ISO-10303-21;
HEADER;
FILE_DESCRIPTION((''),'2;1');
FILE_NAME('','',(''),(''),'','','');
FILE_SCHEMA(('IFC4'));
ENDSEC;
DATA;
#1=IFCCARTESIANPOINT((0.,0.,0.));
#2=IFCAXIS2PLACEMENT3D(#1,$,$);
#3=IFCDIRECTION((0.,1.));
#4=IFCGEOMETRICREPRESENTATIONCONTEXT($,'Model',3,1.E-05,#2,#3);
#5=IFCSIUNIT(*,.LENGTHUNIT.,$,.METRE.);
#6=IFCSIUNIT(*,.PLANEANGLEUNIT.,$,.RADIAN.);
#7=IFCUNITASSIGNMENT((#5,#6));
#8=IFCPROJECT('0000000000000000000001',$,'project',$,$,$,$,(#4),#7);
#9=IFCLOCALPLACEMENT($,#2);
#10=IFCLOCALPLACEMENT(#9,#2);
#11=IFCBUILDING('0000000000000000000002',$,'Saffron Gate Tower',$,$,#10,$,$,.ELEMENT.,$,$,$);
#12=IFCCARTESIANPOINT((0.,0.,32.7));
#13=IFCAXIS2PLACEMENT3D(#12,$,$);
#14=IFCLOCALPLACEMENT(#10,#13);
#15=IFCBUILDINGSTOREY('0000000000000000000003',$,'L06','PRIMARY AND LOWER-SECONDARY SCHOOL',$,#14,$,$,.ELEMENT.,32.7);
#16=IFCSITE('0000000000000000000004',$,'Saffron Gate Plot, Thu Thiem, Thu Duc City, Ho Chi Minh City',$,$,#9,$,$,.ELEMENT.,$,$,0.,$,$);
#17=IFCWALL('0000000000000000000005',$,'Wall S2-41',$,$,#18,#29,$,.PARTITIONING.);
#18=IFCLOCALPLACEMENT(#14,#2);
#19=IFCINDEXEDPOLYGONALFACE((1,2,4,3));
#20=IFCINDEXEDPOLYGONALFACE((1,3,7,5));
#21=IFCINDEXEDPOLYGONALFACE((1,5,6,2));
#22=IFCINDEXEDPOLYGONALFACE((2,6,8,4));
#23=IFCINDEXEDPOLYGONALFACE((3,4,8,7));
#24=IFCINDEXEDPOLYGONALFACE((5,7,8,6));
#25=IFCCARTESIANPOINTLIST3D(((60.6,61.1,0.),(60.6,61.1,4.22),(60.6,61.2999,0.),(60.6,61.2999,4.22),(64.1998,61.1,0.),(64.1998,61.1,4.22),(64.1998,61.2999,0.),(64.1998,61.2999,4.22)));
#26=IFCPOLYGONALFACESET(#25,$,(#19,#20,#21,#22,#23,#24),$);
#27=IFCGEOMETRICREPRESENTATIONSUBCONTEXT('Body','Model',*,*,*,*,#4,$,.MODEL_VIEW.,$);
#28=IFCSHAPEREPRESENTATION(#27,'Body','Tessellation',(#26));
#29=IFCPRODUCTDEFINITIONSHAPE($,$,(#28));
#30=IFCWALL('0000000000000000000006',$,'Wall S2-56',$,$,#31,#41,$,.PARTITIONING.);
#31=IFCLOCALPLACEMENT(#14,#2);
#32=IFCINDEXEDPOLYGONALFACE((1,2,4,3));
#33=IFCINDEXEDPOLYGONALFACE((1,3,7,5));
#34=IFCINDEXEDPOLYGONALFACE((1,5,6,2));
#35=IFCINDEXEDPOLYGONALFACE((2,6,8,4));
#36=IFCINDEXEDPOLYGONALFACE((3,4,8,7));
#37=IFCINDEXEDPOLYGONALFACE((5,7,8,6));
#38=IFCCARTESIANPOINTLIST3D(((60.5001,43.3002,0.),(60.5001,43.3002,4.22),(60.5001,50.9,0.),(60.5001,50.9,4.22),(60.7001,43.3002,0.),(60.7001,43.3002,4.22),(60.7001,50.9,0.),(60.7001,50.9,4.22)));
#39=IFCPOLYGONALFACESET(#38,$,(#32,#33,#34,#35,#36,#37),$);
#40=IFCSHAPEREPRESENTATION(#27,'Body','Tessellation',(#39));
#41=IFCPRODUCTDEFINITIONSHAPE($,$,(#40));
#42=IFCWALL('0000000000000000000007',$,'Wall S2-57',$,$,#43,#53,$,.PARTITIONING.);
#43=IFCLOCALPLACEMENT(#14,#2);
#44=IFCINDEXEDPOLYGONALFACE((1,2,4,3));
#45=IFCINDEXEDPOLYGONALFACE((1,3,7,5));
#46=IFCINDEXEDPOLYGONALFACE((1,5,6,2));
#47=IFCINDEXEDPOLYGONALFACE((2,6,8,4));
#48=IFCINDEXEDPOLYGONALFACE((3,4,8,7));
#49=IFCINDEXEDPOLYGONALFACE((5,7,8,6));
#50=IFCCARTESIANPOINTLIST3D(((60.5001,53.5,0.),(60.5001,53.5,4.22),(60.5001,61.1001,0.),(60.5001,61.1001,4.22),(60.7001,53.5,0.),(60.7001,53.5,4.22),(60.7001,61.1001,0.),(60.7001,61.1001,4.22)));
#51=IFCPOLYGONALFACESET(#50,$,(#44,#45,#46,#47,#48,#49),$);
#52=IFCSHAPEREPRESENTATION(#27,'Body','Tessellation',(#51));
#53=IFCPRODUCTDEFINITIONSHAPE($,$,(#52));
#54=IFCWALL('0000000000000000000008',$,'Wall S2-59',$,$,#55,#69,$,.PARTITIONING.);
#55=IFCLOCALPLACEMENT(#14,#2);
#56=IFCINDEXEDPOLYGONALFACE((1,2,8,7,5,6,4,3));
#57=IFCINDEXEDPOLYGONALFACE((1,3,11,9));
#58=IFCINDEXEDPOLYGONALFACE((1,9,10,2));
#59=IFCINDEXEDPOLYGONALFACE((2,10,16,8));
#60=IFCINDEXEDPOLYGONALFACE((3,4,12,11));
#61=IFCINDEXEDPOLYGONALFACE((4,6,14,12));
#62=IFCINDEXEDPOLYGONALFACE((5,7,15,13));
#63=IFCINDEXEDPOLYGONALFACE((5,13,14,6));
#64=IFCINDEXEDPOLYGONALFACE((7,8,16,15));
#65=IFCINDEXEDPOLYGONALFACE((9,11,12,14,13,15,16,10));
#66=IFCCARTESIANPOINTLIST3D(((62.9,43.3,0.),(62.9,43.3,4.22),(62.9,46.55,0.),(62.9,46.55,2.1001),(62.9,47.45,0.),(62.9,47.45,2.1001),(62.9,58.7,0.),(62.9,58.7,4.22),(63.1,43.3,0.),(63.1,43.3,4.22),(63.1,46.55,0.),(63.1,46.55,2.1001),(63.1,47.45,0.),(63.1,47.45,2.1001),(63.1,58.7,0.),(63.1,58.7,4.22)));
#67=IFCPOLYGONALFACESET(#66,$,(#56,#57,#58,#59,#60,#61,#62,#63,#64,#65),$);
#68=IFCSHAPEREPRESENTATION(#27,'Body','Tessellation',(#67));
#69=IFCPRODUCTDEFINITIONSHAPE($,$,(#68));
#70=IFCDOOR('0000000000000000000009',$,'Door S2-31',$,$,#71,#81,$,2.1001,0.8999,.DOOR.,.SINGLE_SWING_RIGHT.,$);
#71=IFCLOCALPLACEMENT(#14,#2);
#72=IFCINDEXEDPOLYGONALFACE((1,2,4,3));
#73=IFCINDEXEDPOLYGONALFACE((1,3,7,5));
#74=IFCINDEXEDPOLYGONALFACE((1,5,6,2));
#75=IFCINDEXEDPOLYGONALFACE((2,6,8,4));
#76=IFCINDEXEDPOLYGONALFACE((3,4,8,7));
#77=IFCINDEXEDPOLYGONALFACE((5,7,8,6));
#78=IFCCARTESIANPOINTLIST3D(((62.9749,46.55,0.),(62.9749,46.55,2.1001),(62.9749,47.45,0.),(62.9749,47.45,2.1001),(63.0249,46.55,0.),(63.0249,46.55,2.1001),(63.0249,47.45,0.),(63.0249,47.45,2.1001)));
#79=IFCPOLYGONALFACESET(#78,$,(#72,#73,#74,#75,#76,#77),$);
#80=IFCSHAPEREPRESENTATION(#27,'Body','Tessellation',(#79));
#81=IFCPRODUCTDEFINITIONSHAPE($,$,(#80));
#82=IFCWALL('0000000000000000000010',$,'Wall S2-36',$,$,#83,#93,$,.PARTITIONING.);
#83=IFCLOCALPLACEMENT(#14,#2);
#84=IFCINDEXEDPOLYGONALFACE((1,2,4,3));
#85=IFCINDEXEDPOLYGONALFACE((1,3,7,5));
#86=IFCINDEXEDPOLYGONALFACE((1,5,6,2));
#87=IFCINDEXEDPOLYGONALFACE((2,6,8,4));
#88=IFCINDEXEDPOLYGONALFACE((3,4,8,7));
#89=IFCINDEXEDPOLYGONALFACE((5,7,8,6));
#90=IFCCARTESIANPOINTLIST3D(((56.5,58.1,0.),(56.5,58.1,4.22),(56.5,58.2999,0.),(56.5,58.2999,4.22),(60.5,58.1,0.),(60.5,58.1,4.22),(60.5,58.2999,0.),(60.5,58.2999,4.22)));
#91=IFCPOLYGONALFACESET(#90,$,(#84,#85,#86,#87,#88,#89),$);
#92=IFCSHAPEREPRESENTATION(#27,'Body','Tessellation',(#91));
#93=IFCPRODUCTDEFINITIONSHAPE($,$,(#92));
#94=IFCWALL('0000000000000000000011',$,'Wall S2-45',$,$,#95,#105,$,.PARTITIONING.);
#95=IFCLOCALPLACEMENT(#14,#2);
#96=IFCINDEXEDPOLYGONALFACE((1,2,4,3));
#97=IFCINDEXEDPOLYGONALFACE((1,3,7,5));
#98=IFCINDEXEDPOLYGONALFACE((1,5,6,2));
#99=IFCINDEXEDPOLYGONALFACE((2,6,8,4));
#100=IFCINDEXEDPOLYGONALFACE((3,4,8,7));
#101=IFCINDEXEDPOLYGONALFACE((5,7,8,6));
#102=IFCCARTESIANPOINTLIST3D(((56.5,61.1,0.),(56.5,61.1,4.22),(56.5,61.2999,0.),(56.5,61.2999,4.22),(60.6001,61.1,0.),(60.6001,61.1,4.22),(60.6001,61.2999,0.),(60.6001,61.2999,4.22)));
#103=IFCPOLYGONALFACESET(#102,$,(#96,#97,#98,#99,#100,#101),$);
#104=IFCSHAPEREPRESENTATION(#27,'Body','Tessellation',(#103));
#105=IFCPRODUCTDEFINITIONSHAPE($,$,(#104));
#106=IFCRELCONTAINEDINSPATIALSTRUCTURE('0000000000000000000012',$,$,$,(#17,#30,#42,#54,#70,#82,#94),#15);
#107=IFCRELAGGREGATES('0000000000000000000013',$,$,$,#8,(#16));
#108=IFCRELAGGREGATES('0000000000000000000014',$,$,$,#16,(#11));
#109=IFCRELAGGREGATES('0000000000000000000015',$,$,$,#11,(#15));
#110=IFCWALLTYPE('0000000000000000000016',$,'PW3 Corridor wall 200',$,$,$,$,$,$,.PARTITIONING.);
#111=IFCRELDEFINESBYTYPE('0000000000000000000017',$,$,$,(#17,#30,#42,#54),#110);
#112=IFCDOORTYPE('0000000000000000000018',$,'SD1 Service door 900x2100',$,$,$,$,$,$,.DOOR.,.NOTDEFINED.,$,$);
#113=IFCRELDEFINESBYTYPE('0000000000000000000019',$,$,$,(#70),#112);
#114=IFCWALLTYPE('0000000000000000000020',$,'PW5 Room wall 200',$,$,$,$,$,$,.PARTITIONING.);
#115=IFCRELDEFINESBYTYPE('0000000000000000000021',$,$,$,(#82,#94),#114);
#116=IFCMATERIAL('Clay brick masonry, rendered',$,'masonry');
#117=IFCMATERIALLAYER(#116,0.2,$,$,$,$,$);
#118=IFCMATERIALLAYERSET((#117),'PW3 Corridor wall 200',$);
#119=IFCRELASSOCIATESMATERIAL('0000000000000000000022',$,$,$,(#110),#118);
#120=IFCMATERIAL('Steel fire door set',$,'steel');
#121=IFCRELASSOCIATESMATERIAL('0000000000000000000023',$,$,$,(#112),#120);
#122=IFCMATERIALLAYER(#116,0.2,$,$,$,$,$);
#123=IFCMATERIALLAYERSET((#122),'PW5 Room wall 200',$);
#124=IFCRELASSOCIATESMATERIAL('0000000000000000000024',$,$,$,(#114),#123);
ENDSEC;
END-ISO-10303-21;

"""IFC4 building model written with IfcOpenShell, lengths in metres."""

from ifc_helpers import new_model, si_unit, direction, frame, frame_2d, origin, place, context, subcontext, project, spatial, rectangle, extrude, material, layer, layer_set, type_object, element, fill, save


model = new_model("IFC4")

# Units and contexts
model_context = context("Model", 3, precision=1e-05, world=origin(), true_north=direction((0.0, 1.0)))
body_context = subcontext(model_context, "Body", "Model", "MODEL_VIEW")
ifc_project = project(units=[si_unit("LENGTHUNIT", "METRE"), si_unit("PLANEANGLEUNIT", "RADIAN")], contexts=[model_context])

# Site, building, storey
site_placement = place(None, origin())
site = spatial("IfcSite", under=ifc_project, at=site_placement, Name="Saffron Gate Plot, Thu Thiem, Thu Duc City, Ho Chi Minh City", CompositionType="ELEMENT", RefElevation=0.0)
building_placement = place(site_placement, origin())
building = spatial("IfcBuilding", under=site, at=building_placement, Name="Saffron Gate Tower", CompositionType="ELEMENT")
storey_placement = place(building_placement, frame((0.0, 0.0, 32.7)))
storey = spatial("IfcBuildingStorey", under=building, at=storey_placement, Name="L06", Description="PRIMARY AND LOWER-SECONDARY SCHOOL", CompositionType="ELEMENT", Elevation=32.7)

# Shared definitions
ifc_material_1 = material(Name="Steel fire door set", Category="steel")
ifc_material_2 = material(Name="Clay brick masonry, rendered", Category="masonry")
ifc_layer_1 = layer(ifc_material_2, 0.2)
ifc_layer_set_1 = layer_set([ifc_layer_1], Name="PW3 Corridor wall 200")
wall_type_1 = type_object("IfcWallType", Name="PW3 Corridor wall 200", PredefinedType="PARTITIONING", material=ifc_layer_set_1)

# Walls
wall_1_placement = place(storey_placement, frame((60.6001, 61.2, 0.0), z_axis=(0.0, 0.0, 1.0), x_axis=(1.0, 0.0, 0.0)))
element("IfcWall", 1, at=wall_1_placement, inside=storey, type_object=wall_type_1, Name="Wall S2-41", PredefinedType="PARTITIONING", context=body_context, shape_type="SweptSolid", body=[
    extrude(rectangle(XDim=3.5999, YDim=0.2, at=frame_2d((1.7998, 0.0))), origin(), (0.0, 0.0, 1.0), 4.22),
])
wall_2_placement = place(storey_placement, frame((60.6001, 50.8999, 0.0), z_axis=(0.0, 0.0, 1.0), x_axis=(0.0, -1.0, 0.0)))
element("IfcWall", 2, at=wall_2_placement, inside=storey, type_object=wall_type_1, Name="Wall S2-56", PredefinedType="PARTITIONING", context=body_context, shape_type="SweptSolid", body=[
    extrude(rectangle(XDim=7.5999, YDim=0.2, at=frame_2d((3.7998, 0.0))), origin(), (0.0, 0.0, 1.0), 4.22),
])
wall_3_placement = place(storey_placement, frame((60.6001, 61.1001, 0.0), z_axis=(0.0, 0.0, 1.0), x_axis=(0.0, -1.0, 0.0)))
element("IfcWall", 3, at=wall_3_placement, inside=storey, type_object=wall_type_1, Name="Wall S2-57", PredefinedType="PARTITIONING", context=body_context, shape_type="SweptSolid", body=[
    extrude(rectangle(XDim=7.6001, YDim=0.2, at=frame_2d((3.8, 0.0))), origin(), (0.0, 0.0, 1.0), 4.22),
])

# Wall, opening, door
wall_4_placement = place(storey_placement, frame((63.0, 58.7, 0.0), z_axis=(0.0, 0.0, 1.0), x_axis=(0.0, -1.0, 0.0)))
wall_4 = element("IfcWall", 4, at=wall_4_placement, inside=storey, type_object=wall_type_1, Name="Wall S2-59", PredefinedType="PARTITIONING", context=body_context, shape_type="SweptSolid", body=[
    extrude(rectangle(XDim=15.3999, YDim=0.2, at=frame_2d((7.7, 0.0))), origin(), (0.0, 0.0, 1.0), 4.22),
])
opening_1_placement = place(wall_4_placement, frame((11.25, 0.0, 0.0)))
opening_1 = element("IfcOpeningElement", 5, at=opening_1_placement, cuts=wall_4, PredefinedType="OPENING", context=body_context, shape_type="SweptSolid", body=[
    extrude(rectangle(XDim=0.8999, YDim=2.1001, at=frame_2d((0.45, 1.05))), frame((0.0, 0.1099, 0.0), z_axis=(0.0, -1.0, 0.0), x_axis=(1.0, 0.0, 0.0)), (0.0, 0.0, 1.0), 0.22),
])
door_type_1 = type_object("IfcDoorType", Name="SD1 Service door 900x2100", OperationType="NOTDEFINED", PredefinedType="DOOR", material=ifc_material_1)
door_1_placement = place(opening_1_placement, origin())
door_1 = element("IfcDoor", 6, at=door_1_placement, inside=storey, type_object=door_type_1, Name="Door S2-31", OperationType="SINGLE_SWING_RIGHT", OverallHeight=2.1001, OverallWidth=0.8999, PredefinedType="DOOR", context=body_context, shape_type="SweptSolid", body=[
    extrude(rectangle(XDim=0.8999, YDim=2.1001, at=frame_2d((0.45, 1.05))), frame((0.0, 0.0249, 0.0), z_axis=(0.0, -1.0, 0.0), x_axis=(1.0, 0.0, 0.0)), (0.0, 0.0, 1.0), 0.05),
])
fill(opening_1, door_1)

# Walls
ifc_layer_2 = layer(ifc_material_2, 0.2)
ifc_layer_set_2 = layer_set([ifc_layer_2], Name="PW5 Room wall 200")
wall_type_2 = type_object("IfcWallType", Name="PW5 Room wall 200", PredefinedType="PARTITIONING", material=ifc_layer_set_2)
wall_5_placement = place(storey_placement, frame((56.5, 58.2, 0.0), z_axis=(0.0, 0.0, 1.0), x_axis=(1.0, 0.0, 0.0)))
element("IfcWall", 7, at=wall_5_placement, inside=storey, type_object=wall_type_2, Name="Wall S2-36", PredefinedType="PARTITIONING", context=body_context, shape_type="SweptSolid", body=[
    extrude(rectangle(XDim=4.0, YDim=0.2, at=frame_2d((2.0, 0.0))), origin(), (0.0, 0.0, 1.0), 4.22),
])
wall_6_placement = place(storey_placement, frame((56.5, 61.2, 0.0), z_axis=(0.0, 0.0, 1.0), x_axis=(1.0, 0.0, 0.0)))
element("IfcWall", 8, at=wall_6_placement, inside=storey, type_object=wall_type_2, Name="Wall S2-45", PredefinedType="PARTITIONING", context=body_context, shape_type="SweptSolid", body=[
    extrude(rectangle(XDim=4.1001, YDim=0.2, at=frame_2d((2.05, 0.0))), origin(), (0.0, 0.0, 1.0), 4.22),
])

save(model, "model.ifc")
